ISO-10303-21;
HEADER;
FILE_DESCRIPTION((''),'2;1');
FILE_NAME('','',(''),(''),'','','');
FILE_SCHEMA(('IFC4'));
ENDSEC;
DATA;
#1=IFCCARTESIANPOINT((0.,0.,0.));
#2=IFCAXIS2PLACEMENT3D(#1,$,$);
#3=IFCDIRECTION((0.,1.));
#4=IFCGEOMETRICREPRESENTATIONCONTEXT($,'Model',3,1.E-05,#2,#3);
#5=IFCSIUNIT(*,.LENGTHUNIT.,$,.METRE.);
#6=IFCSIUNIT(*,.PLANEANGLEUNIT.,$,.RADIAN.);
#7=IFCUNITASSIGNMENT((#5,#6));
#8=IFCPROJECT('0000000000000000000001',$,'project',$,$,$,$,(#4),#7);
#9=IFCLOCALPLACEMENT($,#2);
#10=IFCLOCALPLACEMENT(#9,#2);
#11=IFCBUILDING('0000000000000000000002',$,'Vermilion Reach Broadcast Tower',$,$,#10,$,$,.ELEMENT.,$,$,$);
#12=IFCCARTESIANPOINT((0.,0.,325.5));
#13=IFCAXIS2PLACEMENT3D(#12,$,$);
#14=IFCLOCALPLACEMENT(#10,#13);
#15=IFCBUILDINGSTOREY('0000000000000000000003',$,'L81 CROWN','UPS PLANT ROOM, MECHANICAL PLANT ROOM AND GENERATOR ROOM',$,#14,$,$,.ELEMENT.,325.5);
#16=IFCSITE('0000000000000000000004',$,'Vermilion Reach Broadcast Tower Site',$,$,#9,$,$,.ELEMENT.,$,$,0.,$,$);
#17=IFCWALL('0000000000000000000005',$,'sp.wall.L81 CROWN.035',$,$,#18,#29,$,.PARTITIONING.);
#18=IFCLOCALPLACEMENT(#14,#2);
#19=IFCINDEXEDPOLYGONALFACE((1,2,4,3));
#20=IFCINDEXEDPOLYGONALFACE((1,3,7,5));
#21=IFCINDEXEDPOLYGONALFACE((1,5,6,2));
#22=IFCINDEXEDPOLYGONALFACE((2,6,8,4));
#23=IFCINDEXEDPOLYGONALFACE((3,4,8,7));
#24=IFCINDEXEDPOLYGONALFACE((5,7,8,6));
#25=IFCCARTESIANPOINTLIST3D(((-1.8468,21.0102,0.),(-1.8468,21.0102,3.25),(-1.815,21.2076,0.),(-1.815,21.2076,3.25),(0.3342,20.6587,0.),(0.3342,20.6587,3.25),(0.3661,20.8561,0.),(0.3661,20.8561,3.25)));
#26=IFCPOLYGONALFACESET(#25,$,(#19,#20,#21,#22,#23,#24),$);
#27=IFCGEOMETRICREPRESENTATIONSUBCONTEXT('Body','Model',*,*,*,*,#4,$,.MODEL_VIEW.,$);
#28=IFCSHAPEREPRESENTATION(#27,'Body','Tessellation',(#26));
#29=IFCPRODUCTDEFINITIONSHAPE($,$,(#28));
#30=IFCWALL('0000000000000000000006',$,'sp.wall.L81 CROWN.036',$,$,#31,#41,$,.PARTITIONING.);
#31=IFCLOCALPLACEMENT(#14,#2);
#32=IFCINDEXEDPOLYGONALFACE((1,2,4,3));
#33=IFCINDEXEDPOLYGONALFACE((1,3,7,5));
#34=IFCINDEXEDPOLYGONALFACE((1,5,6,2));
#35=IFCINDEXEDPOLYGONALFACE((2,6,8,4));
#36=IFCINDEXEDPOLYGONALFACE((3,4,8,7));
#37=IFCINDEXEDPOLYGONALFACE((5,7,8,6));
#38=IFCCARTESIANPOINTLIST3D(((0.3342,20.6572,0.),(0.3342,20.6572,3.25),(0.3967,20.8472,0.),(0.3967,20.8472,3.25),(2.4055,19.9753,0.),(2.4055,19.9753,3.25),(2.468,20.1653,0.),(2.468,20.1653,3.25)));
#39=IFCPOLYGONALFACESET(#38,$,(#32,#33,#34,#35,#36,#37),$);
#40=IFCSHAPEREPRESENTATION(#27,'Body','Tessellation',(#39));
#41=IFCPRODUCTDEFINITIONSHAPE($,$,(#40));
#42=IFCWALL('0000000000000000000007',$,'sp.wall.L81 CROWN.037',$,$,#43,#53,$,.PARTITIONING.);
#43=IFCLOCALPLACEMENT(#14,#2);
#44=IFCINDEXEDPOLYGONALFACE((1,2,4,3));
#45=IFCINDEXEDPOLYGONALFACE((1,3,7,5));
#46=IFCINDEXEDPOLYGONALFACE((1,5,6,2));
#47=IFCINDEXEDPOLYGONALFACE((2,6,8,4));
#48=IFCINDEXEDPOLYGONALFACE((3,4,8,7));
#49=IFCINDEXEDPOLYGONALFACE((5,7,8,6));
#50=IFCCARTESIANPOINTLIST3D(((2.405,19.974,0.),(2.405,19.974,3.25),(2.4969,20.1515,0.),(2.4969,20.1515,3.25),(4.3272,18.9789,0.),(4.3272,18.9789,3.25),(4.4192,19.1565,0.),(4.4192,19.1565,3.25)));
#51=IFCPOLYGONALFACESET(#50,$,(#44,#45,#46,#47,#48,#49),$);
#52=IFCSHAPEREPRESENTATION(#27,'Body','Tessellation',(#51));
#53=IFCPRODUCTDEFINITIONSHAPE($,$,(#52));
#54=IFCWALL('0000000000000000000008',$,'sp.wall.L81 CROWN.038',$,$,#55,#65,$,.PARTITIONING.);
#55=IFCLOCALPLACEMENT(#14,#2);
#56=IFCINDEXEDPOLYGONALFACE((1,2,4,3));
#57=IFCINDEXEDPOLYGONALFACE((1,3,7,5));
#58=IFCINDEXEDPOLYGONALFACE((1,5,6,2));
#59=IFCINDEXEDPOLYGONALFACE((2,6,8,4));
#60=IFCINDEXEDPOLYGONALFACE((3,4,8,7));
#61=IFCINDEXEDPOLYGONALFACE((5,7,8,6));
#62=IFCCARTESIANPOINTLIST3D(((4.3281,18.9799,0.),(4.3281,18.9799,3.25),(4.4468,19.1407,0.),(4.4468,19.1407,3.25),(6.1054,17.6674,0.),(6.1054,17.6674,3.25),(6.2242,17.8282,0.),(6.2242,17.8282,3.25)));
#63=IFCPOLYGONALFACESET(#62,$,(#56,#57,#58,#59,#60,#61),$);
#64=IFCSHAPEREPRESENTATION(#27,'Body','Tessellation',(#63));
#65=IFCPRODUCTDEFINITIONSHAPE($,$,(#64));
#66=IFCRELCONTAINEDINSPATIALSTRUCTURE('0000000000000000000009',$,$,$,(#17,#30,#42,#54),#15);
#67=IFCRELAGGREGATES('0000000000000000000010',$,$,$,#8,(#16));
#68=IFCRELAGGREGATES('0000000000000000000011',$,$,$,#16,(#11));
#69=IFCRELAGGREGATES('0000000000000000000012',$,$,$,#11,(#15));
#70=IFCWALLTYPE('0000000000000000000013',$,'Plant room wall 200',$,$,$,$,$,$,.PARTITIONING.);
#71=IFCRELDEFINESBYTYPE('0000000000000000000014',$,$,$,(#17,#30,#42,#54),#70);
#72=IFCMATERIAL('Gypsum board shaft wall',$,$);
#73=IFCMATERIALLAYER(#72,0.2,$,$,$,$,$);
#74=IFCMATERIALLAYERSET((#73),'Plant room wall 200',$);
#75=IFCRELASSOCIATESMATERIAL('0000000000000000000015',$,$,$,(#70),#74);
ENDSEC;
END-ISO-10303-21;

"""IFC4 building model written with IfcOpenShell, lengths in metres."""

from ifc_helpers import new_model, si_unit, direction, frame, frame_2d, origin, place, context, subcontext, project, spatial, rectangle, extrude, material, layer, layer_set, type_object, element, save


model = new_model("IFC4")

# Units and contexts
model_context = context("Model", 3, precision=1e-05, world=origin(), true_north=direction((0.0, 1.0)))
body_context = subcontext(model_context, "Body", "Model", "MODEL_VIEW")
ifc_project = project(units=[si_unit("LENGTHUNIT", "METRE"), si_unit("PLANEANGLEUNIT", "RADIAN")], contexts=[model_context])

# Site, building, storey
site_placement = place(None, origin())
site = spatial("IfcSite", under=ifc_project, at=site_placement, Name="Vermilion Reach Broadcast Tower Site", CompositionType="ELEMENT", RefElevation=0.0)
building_placement = place(site_placement, origin())
building = spatial("IfcBuilding", under=site, at=building_placement, Name="Vermilion Reach Broadcast Tower", CompositionType="ELEMENT")
storey_placement = place(building_placement, frame((0.0, 0.0, 325.5)))
storey = spatial("IfcBuildingStorey", under=building, at=storey_placement, Name="L81 CROWN", Description="UPS PLANT ROOM, MECHANICAL PLANT ROOM AND GENERATOR ROOM", CompositionType="ELEMENT", Elevation=325.5)

# Walls
ifc_material_1 = material(Name="Gypsum board shaft wall")
ifc_layer_1 = layer(ifc_material_1, 0.2)
ifc_layer_set_1 = layer_set([ifc_layer_1], Name="Plant room wall 200")
wall_type = type_object("IfcWallType", Name="Plant room wall 200", PredefinedType="PARTITIONING", material=ifc_layer_set_1)
wall_1_placement = place(storey_placement, frame((-1.8308, 21.1089, 0.0), z_axis=(0.0, 0.0, 1.0), x_axis=(0.987258, -0.159128, 0.0)))
element("IfcWall", 1, at=wall_1_placement, inside=storey, type_object=wall_type, Name="sp.wall.L81 CROWN.035", PredefinedType="PARTITIONING", context=body_context, shape_type="SweptSolid", body=[
    extrude(rectangle(XDim=2.2092, YDim=0.2, at=frame_2d((1.1045, 0.0))), origin(), (0.0, 0.0, 1.0), 3.25),
])
wall_2_placement = place(storey_placement, frame((0.3655, 20.7522, 0.0), z_axis=(0.0, 0.0, 1.0), x_axis=(0.949852, -0.312699, 0.0)))
element("IfcWall", 2, at=wall_2_placement, inside=storey, type_object=wall_type, Name="sp.wall.L81 CROWN.036", PredefinedType="PARTITIONING", context=body_context, shape_type="SweptSolid", body=[
    extrude(rectangle(XDim=2.1807, YDim=0.2, at=frame_2d((1.0903, 0.0))), origin(), (0.0, 0.0, 1.0), 3.25),
])
wall_3_placement = place(storey_placement, frame((2.4509, 20.0627, 0.0), z_axis=(0.0, 0.0, 1.0), x_axis=(0.888068, -0.459711, 0.0)))
element("IfcWall", 3, at=wall_3_placement, inside=storey, type_object=wall_type, Name="sp.wall.L81 CROWN.037", PredefinedType="PARTITIONING", context=body_context, shape_type="SweptSolid", body=[
    extrude(rectangle(XDim=2.1646, YDim=0.2, at=frame_2d((1.0823, 0.0))), origin(), (0.0, 0.0, 1.0), 3.25),
])
wall_4_placement = place(storey_placement, frame((4.3875, 19.0603, 0.0), z_axis=(0.0, 0.0, 1.0), x_axis=(0.804433, -0.594043, 0.0)))
element("IfcWall", 4, at=wall_4_placement, inside=storey, type_object=wall_type, Name="sp.wall.L81 CROWN.038", PredefinedType="PARTITIONING", context=body_context, shape_type="SweptSolid", body=[
    extrude(rectangle(XDim=2.2095, YDim=0.2, at=frame_2d((1.1047, 0.0))), origin(), (0.0, 0.0, 1.0), 3.25),
])

save(model, "model.ifc")
